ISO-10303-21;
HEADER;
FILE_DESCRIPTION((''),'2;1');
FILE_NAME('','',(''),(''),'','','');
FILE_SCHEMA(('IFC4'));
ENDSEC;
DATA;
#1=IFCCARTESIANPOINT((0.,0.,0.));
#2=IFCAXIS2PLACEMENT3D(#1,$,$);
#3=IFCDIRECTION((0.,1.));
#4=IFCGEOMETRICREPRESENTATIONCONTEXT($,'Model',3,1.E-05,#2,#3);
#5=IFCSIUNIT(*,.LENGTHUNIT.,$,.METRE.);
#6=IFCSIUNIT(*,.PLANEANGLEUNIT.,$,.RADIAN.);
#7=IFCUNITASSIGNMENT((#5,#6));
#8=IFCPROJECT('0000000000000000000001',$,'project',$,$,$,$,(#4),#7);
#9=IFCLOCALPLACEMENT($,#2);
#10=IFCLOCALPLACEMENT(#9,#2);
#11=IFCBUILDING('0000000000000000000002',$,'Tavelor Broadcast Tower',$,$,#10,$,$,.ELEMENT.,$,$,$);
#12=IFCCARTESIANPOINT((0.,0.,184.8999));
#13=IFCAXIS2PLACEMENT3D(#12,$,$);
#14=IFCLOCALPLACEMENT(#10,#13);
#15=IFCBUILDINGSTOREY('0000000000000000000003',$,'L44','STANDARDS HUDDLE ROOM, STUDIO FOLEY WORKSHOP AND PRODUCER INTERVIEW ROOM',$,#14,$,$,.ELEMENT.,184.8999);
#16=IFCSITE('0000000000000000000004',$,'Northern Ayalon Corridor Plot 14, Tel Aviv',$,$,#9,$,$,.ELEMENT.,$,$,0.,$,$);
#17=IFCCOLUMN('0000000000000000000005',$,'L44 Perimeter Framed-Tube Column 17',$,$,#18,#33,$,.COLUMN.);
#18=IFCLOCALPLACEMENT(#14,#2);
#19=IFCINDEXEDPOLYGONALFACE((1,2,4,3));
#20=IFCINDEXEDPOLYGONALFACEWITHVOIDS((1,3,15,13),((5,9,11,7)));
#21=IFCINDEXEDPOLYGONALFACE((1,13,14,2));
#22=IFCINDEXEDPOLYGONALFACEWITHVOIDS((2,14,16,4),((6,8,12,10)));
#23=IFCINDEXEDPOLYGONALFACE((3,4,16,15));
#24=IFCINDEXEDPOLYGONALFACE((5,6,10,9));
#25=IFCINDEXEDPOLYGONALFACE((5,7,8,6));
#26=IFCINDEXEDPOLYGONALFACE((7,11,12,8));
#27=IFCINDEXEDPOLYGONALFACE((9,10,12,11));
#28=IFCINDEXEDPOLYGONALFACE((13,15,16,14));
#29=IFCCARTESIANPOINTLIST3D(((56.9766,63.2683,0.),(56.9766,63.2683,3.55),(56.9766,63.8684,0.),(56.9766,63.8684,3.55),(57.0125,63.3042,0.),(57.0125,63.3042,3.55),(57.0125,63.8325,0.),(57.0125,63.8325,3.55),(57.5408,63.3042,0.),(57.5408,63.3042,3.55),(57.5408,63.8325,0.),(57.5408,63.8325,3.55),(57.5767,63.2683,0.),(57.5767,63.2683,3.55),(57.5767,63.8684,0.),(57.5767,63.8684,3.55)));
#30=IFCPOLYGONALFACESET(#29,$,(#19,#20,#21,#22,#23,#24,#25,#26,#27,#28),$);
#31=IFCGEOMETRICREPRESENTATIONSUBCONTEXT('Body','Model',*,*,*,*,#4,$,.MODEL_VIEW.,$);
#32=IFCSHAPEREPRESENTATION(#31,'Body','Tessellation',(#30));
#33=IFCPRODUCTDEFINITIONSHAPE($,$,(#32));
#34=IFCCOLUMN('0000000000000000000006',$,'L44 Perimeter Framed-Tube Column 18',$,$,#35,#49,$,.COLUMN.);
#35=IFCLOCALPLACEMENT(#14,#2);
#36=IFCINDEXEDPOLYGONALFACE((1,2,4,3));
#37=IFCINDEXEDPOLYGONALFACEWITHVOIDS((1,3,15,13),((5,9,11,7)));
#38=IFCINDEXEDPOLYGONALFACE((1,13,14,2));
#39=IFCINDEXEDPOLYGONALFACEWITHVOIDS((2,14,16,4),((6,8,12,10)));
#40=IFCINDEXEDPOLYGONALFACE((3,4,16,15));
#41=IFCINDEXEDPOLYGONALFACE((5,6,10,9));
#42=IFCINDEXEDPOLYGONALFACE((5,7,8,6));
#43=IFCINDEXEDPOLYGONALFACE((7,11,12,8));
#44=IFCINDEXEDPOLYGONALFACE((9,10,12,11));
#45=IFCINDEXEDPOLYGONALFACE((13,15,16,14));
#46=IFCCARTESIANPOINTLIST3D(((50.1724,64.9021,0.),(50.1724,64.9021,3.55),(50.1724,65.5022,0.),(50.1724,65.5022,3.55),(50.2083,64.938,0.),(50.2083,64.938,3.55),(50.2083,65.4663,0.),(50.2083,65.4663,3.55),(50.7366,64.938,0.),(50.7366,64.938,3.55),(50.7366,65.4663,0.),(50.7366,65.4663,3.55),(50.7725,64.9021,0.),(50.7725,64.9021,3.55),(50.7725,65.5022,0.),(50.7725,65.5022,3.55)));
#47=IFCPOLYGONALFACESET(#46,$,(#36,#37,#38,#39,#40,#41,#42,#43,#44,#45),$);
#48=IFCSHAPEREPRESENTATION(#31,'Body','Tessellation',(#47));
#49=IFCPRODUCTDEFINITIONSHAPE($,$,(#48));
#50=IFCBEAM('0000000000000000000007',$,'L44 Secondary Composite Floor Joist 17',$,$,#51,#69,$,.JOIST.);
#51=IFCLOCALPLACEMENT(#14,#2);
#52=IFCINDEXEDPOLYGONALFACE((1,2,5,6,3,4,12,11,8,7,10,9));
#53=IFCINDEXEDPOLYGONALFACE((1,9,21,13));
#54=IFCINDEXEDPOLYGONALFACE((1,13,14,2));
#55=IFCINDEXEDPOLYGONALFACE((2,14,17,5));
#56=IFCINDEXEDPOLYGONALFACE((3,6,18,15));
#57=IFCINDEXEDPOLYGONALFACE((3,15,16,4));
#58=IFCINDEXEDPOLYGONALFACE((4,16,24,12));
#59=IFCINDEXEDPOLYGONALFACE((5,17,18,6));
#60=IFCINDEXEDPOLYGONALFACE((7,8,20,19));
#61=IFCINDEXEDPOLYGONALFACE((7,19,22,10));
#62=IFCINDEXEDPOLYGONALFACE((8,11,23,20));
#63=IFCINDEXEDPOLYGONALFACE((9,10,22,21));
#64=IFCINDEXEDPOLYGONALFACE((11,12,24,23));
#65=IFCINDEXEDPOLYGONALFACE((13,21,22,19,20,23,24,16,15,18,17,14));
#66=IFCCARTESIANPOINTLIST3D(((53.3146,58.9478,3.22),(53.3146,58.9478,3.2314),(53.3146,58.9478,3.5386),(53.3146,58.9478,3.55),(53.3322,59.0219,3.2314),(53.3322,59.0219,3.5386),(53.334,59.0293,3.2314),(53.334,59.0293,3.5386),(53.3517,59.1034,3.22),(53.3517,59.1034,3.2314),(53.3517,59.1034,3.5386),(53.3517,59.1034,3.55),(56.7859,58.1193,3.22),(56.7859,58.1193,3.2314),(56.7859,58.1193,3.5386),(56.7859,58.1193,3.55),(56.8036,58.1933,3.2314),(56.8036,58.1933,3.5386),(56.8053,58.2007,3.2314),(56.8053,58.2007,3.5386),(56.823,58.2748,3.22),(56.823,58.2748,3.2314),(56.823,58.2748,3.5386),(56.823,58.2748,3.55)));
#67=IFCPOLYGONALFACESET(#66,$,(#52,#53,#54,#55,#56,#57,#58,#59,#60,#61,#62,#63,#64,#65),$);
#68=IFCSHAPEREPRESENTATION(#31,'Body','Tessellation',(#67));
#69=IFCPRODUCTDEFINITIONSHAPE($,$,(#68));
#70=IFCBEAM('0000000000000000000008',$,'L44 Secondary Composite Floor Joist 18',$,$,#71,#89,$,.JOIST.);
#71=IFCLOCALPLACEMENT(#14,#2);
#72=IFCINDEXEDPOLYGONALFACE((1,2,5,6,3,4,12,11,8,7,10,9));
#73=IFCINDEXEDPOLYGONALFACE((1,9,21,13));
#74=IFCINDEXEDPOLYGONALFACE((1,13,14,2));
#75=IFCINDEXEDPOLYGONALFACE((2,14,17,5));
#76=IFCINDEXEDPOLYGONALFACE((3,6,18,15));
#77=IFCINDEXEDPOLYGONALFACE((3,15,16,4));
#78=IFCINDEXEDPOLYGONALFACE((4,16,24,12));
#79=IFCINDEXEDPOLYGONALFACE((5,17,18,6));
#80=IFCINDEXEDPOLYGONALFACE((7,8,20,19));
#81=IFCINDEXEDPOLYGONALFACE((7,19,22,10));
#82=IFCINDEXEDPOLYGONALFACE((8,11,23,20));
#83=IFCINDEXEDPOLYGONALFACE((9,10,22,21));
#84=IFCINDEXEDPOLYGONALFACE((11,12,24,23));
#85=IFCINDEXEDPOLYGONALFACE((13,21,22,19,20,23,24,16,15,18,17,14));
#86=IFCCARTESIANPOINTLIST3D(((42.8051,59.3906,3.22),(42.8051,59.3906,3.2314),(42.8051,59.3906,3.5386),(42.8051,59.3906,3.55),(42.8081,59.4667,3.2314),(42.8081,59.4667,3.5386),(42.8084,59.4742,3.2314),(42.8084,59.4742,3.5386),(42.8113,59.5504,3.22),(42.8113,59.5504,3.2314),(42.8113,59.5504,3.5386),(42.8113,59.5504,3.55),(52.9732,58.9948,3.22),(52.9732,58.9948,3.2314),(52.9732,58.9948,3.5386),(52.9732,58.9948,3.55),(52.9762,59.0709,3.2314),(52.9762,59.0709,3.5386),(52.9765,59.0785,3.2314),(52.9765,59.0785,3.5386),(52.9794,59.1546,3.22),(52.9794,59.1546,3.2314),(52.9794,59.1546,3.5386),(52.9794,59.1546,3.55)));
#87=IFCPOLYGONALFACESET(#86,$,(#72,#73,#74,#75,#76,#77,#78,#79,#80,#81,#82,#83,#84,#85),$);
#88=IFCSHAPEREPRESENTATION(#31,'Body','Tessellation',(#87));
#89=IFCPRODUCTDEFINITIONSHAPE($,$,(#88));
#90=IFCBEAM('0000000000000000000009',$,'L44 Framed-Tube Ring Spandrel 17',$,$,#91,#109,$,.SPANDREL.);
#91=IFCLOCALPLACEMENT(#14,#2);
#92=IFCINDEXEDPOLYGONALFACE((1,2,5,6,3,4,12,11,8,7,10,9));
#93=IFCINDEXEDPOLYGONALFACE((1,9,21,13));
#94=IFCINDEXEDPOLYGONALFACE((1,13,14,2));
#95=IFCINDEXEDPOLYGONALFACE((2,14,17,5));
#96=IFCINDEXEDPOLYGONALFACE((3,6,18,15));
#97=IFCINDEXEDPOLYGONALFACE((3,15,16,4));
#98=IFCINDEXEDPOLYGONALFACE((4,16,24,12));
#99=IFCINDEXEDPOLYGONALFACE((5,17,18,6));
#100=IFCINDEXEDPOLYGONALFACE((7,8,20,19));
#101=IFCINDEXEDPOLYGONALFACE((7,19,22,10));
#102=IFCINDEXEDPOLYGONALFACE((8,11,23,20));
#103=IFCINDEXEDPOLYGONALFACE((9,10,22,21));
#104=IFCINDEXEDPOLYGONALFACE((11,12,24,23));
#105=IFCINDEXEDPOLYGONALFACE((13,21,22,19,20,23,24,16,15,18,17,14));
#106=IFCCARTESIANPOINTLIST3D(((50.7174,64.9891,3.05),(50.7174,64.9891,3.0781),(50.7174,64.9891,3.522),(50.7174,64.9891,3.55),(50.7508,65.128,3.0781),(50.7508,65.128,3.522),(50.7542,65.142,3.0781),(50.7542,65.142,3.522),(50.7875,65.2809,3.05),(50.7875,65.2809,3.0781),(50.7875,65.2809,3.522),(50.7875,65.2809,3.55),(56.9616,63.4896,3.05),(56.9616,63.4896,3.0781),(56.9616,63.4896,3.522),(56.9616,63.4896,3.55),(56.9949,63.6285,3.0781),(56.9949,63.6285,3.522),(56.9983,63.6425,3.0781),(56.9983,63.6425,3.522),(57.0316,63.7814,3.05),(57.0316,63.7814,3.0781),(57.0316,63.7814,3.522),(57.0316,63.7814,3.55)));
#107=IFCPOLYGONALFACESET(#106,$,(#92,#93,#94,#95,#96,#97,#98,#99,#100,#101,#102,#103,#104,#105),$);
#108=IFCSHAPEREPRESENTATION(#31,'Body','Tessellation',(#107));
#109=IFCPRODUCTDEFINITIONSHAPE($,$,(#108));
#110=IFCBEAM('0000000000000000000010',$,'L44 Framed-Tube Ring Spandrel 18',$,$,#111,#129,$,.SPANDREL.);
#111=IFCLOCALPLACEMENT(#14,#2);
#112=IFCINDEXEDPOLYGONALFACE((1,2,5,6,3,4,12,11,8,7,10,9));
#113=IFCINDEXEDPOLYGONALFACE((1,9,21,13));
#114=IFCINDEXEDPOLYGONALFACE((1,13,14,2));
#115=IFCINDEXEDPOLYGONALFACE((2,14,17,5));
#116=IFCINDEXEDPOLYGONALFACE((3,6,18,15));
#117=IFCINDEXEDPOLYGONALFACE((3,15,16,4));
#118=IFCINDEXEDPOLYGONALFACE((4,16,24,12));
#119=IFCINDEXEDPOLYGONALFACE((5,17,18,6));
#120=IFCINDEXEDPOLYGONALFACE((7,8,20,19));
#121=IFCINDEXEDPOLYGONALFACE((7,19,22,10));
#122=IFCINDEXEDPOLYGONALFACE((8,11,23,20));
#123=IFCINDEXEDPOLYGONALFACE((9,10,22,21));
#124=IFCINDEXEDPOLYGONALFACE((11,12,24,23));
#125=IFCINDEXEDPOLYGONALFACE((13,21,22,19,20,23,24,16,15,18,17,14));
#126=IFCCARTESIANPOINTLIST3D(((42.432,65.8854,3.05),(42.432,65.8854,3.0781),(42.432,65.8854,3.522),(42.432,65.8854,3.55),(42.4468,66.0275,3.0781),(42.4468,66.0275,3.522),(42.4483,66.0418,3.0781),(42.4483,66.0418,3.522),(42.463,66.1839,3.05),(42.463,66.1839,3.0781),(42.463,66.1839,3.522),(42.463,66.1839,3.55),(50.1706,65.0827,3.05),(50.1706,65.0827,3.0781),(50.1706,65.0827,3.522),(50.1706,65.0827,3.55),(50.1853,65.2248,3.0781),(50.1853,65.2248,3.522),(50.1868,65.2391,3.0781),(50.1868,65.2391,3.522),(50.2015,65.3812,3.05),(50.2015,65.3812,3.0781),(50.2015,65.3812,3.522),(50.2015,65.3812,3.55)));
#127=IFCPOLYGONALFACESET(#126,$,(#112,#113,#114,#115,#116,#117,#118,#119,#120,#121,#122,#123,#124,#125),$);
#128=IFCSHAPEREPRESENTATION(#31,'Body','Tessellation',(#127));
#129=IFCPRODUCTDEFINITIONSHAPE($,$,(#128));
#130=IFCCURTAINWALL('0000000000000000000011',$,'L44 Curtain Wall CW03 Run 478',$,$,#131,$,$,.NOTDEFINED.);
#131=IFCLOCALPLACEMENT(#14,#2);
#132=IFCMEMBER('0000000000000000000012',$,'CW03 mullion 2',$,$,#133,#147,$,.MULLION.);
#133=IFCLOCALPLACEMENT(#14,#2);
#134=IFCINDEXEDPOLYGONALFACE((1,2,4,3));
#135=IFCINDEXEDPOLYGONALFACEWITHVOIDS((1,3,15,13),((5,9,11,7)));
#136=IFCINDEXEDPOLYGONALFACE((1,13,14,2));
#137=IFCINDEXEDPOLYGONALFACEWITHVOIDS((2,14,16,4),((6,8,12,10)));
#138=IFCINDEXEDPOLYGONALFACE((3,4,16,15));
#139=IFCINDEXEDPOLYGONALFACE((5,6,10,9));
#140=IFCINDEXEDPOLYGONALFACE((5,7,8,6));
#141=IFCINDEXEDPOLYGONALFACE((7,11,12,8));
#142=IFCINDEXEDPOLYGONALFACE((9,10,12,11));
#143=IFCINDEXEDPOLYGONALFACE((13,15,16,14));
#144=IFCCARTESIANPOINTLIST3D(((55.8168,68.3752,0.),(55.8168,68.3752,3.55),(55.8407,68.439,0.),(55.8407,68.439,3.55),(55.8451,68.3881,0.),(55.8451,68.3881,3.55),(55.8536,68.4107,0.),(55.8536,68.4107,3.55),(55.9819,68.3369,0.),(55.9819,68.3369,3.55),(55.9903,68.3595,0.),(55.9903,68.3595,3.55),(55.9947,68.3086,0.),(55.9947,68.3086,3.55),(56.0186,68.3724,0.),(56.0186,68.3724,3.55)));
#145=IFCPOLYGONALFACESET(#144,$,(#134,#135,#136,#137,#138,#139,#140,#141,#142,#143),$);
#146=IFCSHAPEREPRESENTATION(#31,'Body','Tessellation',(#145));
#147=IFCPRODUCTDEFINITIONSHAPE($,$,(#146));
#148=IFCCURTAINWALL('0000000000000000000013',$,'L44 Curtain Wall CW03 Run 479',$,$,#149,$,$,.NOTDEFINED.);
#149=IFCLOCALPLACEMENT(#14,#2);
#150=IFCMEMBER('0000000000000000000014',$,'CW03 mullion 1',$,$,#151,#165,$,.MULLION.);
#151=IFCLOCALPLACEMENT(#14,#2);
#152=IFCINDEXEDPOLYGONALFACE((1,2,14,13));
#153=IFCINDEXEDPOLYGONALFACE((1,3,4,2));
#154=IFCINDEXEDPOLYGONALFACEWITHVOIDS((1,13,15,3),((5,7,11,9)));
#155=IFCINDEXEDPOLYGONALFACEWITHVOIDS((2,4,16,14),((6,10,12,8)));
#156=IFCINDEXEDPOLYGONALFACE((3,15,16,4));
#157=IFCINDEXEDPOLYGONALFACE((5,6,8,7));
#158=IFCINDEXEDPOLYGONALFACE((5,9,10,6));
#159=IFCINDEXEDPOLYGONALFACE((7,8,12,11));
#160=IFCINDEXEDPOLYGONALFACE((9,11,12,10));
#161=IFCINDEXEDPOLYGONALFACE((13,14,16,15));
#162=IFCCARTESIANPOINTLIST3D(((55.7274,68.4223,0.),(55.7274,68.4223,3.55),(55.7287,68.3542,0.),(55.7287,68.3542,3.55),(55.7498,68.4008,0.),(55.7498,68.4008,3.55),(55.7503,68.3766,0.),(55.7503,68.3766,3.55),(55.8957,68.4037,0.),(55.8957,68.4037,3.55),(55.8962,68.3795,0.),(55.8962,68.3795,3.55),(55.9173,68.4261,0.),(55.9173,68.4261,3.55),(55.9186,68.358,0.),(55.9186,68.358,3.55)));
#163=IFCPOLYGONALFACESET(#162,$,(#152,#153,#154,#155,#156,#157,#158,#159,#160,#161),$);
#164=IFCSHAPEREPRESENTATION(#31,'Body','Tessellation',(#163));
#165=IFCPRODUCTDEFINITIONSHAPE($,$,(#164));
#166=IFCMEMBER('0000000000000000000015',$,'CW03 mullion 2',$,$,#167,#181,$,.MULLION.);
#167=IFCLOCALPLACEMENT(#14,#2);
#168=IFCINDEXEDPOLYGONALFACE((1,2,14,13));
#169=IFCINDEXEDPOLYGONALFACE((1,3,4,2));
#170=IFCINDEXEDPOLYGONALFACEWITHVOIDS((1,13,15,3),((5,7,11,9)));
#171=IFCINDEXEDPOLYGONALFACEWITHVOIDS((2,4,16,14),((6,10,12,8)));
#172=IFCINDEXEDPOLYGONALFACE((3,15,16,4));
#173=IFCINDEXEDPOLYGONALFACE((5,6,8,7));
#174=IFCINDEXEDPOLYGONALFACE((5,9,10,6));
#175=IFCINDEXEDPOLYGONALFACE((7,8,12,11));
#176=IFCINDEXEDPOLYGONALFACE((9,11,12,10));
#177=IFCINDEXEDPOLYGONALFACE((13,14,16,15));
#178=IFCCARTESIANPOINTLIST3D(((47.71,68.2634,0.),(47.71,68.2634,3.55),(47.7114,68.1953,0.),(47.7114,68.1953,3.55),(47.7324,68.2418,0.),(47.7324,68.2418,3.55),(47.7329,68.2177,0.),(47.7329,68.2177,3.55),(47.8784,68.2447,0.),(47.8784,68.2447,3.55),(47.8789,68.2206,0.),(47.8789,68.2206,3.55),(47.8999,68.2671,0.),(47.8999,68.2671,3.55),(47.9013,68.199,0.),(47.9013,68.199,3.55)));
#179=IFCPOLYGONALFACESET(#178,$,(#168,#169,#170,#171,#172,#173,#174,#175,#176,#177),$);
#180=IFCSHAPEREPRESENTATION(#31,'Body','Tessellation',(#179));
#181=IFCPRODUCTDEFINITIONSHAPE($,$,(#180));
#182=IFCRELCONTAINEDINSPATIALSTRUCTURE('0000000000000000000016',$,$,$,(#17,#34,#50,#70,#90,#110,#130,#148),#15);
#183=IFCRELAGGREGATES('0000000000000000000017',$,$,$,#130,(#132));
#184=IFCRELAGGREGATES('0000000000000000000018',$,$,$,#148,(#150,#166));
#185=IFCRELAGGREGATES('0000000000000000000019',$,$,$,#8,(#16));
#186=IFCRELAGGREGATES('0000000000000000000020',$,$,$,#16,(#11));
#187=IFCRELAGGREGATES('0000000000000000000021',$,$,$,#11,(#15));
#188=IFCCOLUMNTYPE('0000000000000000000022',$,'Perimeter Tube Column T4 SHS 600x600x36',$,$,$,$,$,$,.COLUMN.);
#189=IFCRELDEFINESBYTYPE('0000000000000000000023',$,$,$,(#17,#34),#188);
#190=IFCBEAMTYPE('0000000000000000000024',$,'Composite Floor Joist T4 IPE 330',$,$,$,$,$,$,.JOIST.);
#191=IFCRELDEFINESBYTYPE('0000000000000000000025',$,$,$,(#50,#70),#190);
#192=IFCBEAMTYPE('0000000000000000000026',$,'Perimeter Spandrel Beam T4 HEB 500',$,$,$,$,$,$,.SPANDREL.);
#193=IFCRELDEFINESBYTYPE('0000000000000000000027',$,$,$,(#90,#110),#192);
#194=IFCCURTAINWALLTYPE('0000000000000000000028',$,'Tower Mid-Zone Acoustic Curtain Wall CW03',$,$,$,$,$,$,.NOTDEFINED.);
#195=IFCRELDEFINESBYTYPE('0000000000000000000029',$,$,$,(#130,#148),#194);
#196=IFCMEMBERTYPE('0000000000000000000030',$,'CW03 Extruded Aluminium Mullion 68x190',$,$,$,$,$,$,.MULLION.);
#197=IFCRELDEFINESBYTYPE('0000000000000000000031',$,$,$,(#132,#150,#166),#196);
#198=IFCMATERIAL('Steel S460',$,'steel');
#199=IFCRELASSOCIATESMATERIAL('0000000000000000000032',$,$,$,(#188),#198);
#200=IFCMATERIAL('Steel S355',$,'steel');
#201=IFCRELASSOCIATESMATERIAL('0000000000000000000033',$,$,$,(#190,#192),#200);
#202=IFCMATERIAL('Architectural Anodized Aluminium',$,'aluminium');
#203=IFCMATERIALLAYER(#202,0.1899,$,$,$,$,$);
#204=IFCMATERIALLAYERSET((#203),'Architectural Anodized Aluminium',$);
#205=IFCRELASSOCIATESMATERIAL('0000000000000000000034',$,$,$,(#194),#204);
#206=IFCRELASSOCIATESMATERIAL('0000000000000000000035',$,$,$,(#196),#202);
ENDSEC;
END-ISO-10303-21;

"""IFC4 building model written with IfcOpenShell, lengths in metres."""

from ifc_helpers import new_model, si_unit, direction, frame, origin, origin_2d, place, context, subcontext, project, spatial, hollow_rectangle, i_section, extrude, source, transform, mapped, material, layer, layer_set, material_profile, profile_set, type_object, type_shapes, element, aggregate, save


model = new_model("IFC4")

# Units and contexts
model_context = context("Model", 3, precision=1e-05, world=origin(), true_north=direction((0.0, 1.0)))
body_context = subcontext(model_context, "Body", "Model", "MODEL_VIEW")
ifc_project = project(units=[si_unit("LENGTHUNIT", "METRE"), si_unit("PLANEANGLEUNIT", "RADIAN")], contexts=[model_context])

# Site, building, storey
site_placement = place(None, origin())
site = spatial("IfcSite", under=ifc_project, at=site_placement, Name="Northern Ayalon Corridor Plot 14, Tel Aviv", CompositionType="ELEMENT", RefElevation=0.0)
building_placement = place(site_placement, origin())
building = spatial("IfcBuilding", under=site, at=building_placement, Name="Tavelor Broadcast Tower", CompositionType="ELEMENT")
storey_placement = place(building_placement, frame((0.0, 0.0, 184.8999)))
storey = spatial("IfcBuildingStorey", under=building, at=storey_placement, Name="L44", Description="STANDARDS HUDDLE ROOM, STUDIO FOLEY WORKSHOP AND PRODUCER INTERVIEW ROOM", CompositionType="ELEMENT", Elevation=184.8999)

# Columns
ifc_material_1 = material(Name="Steel S460", Category="steel")
ifc_material_profile_1 = material_profile(ifc_material_1, hollow_rectangle(XDim=0.6001, YDim=0.6001, WallThickness=0.0359, at=origin_2d()), Name="SHS 600x600x36")
ifc_profile_set_1 = profile_set([ifc_material_profile_1], Name="Steel S460")
column_type = type_object("IfcColumnType", Name="Perimeter Tube Column T4 SHS 600x600x36", PredefinedType="COLUMN", material=ifc_profile_set_1)
for number, where, z_axis, x_axis, name in (
    (1, (57.2766, 63.5684, 0.0), (0.0, 0.0, 1.0), (1.0, 0.0, 0.0), "L44 Perimeter Framed-Tube Column 17"),
    (2, (50.4724, 65.2021, 0.0), (0.0, 0.0, 1.0), (1.0, 0.0, 0.0), "L44 Perimeter Framed-Tube Column 18"),
):
    element("IfcColumn", number, at=place(storey_placement, frame(where, z_axis=z_axis, x_axis=x_axis)), inside=storey, type_object=column_type, Name=name, PredefinedType="COLUMN", context=body_context, shape_type="SweptSolid", body=[
        extrude(hollow_rectangle(XDim=0.6001, YDim=0.6001, WallThickness=0.0359, at=origin_2d()), origin(), (0.0, 0.0, 1.0), 3.55),
    ])

# Beams
ifc_material_2 = material(Name="Steel S355", Category="steel")
ifc_material_profile_2 = material_profile(ifc_material_2, i_section(OverallWidth=0.1599, OverallDepth=0.3301, WebThickness=0.0076, FlangeThickness=0.0115, at=origin_2d()), Name="IPE 330")
ifc_profile_set_2 = profile_set([ifc_material_profile_2], Name="Steel S355")
beam_type_1 = type_object("IfcBeamType", Name="Composite Floor Joist T4 IPE 330", PredefinedType="JOIST", material=ifc_profile_set_2)
beam_1_placement = place(storey_placement, frame((56.8044, 58.197, 3.385), z_axis=(-0.972675, 0.232172, 0.0), x_axis=(-0.232172, -0.972675, 0.0)))
element("IfcBeam", 3, at=beam_1_placement, inside=storey, type_object=beam_type_1, Name="L44 Secondary Composite Floor Joist 17", PredefinedType="JOIST", context=body_context, shape_type="SweptSolid", body=[
    extrude(i_section(OverallWidth=0.1599, OverallDepth=0.3301, WebThickness=0.0076, FlangeThickness=0.0115, at=origin_2d()), origin(), (0.0, 0.0, 1.0), 3.5688),
])
beam_2_placement = place(storey_placement, frame((52.9763, 59.0747, 3.385), z_axis=(-0.999243, 0.038892, 0.0), x_axis=(-0.038892, -0.999243, 0.0)))
element("IfcBeam", 4, at=beam_2_placement, inside=storey, type_object=beam_type_1, Name="L44 Secondary Composite Floor Joist 18", PredefinedType="JOIST", context=body_context, shape_type="SweptSolid", body=[
    extrude(i_section(OverallWidth=0.1599, OverallDepth=0.3301, WebThickness=0.0076, FlangeThickness=0.0115, at=origin_2d()), origin(), (0.0, 0.0, 1.0), 10.1758),
])
ifc_material_profile_3 = material_profile(ifc_material_2, i_section(OverallWidth=0.3, OverallDepth=0.5, WebThickness=0.0144, FlangeThickness=0.0281, at=origin_2d()), Name="HEB 500")
ifc_profile_set_3 = profile_set([ifc_material_profile_3], Name="Steel S355")
beam_type_2 = type_object("IfcBeamType", Name="Perimeter Spandrel Beam T4 HEB 500", PredefinedType="SPANDREL", material=ifc_profile_set_3)
beam_3_placement = place(storey_placement, frame((56.9966, 63.6355, 3.3), z_axis=(-0.972355, 0.233508, 0.0), x_axis=(-0.233508, -0.972355, 0.0)))
element("IfcBeam", 5, at=beam_3_placement, inside=storey, type_object=beam_type_2, Name="L44 Framed-Tube Ring Spandrel 17", PredefinedType="SPANDREL", context=body_context, shape_type="SweptSolid", body=[
    extrude(i_section(OverallWidth=0.3, OverallDepth=0.5, WebThickness=0.0144, FlangeThickness=0.0281, at=origin_2d()), origin(), (0.0, 0.0, 1.0), 6.4216),
])
beam_4_placement = place(storey_placement, frame((50.186, 65.2319, 3.3), z_axis=(-0.994663, 0.103179, 0.0), x_axis=(-0.103179, -0.994663, 0.0)))
element("IfcBeam", 6, at=beam_4_placement, inside=storey, type_object=beam_type_2, Name="L44 Framed-Tube Ring Spandrel 18", PredefinedType="SPANDREL", context=body_context, shape_type="SweptSolid", body=[
    extrude(i_section(OverallWidth=0.3, OverallDepth=0.5, WebThickness=0.0144, FlangeThickness=0.0281, at=origin_2d()), origin(), (0.0, 0.0, 1.0), 7.78),
])

# Curtain wall, member
ifc_material_3 = material(Name="Architectural Anodized Aluminium", Category="aluminium")
ifc_layer_1 = layer(ifc_material_3, 0.1899)
ifc_layer_set_1 = layer_set([ifc_layer_1], Name="Architectural Anodized Aluminium")
curtain_wall_type = type_object("IfcCurtainWallType", Name="Tower Mid-Zone Acoustic Curtain Wall CW03", PredefinedType="NOTDEFINED", material=ifc_layer_set_1)
curtain_wall_1_placement = place(storey_placement, origin())
curtain_wall_1 = element("IfcCurtainWall", 7, at=curtain_wall_1_placement, inside=storey, type_object=curtain_wall_type, Name="L44 Curtain Wall CW03 Run 478", PredefinedType="NOTDEFINED")
ifc_material_profile_4 = material_profile(ifc_material_3, hollow_rectangle(XDim=0.0681, YDim=0.1899, WallThickness=0.022, at=origin_2d()), Name="RHS 68x190x22")
ifc_profile_set_4 = profile_set([ifc_material_profile_4], Name="Architectural Anodized Aluminium")
member_type_1 = type_object("IfcMemberType", Name="CW03 Extruded Aluminium Mullion 68x190", PredefinedType="MULLION", material=ifc_profile_set_4)
shared_shape_1 = source(origin(), body_context, "Body", "SweptSolid", [
    extrude(hollow_rectangle(XDim=0.0681, YDim=0.1899, WallThickness=0.022, at=origin_2d()), origin(), (0.0, 0.0, 1.0), 3.55),
])
type_shapes(member_type_1, [shared_shape_1])
member_1_placement = place(storey_placement, frame((55.9177, 68.3738, 0.0), z_axis=(0.0, 0.0, 1.0), x_axis=(-0.350608, -0.936522, 0.0)))
member_1 = element("IfcMember", 8, at=member_1_placement, type_object=member_type_1, Name="CW03 mullion 2", PredefinedType="MULLION", context=body_context, shape_type="MappedRepresentation", body=[
    mapped(shared_shape_1, transform((0.0, 0.0, 0.0), scale=1.0)),
])
aggregate(curtain_wall_1, [member_1])

# Curtain wall, members
curtain_wall_2_placement = place(storey_placement, origin())
curtain_wall_2 = element("IfcCurtainWall", 9, at=curtain_wall_2_placement, inside=storey, type_object=curtain_wall_type, Name="L44 Curtain Wall CW03 Run 479", PredefinedType="NOTDEFINED")
member_2_placement = place(storey_placement, frame((55.823, 68.3901, 0.0), z_axis=(0.0, 0.0, 1.0), x_axis=(0.01981, -0.999804, 0.0)))
member_2 = element("IfcMember", 10, at=member_2_placement, type_object=member_type_1, Name="CW03 mullion 1", PredefinedType="MULLION", context=body_context, shape_type="MappedRepresentation", body=[
    mapped(shared_shape_1, transform((0.0, 0.0, 0.0), scale=1.0)),
])
member_3_placement = place(storey_placement, frame((47.8057, 68.2312, 0.0), z_axis=(0.0, 0.0, 1.0), x_axis=(0.01981, -0.999804, 0.0)))
member_3 = element("IfcMember", 11, at=member_3_placement, type_object=member_type_1, Name="CW03 mullion 2", PredefinedType="MULLION", context=body_context, shape_type="MappedRepresentation", body=[
    mapped(shared_shape_1, transform((0.0, 0.0, 0.0), scale=1.0)),
])

aggregate(curtain_wall_2, [member_2, member_3])

save(model, "model.ifc")
